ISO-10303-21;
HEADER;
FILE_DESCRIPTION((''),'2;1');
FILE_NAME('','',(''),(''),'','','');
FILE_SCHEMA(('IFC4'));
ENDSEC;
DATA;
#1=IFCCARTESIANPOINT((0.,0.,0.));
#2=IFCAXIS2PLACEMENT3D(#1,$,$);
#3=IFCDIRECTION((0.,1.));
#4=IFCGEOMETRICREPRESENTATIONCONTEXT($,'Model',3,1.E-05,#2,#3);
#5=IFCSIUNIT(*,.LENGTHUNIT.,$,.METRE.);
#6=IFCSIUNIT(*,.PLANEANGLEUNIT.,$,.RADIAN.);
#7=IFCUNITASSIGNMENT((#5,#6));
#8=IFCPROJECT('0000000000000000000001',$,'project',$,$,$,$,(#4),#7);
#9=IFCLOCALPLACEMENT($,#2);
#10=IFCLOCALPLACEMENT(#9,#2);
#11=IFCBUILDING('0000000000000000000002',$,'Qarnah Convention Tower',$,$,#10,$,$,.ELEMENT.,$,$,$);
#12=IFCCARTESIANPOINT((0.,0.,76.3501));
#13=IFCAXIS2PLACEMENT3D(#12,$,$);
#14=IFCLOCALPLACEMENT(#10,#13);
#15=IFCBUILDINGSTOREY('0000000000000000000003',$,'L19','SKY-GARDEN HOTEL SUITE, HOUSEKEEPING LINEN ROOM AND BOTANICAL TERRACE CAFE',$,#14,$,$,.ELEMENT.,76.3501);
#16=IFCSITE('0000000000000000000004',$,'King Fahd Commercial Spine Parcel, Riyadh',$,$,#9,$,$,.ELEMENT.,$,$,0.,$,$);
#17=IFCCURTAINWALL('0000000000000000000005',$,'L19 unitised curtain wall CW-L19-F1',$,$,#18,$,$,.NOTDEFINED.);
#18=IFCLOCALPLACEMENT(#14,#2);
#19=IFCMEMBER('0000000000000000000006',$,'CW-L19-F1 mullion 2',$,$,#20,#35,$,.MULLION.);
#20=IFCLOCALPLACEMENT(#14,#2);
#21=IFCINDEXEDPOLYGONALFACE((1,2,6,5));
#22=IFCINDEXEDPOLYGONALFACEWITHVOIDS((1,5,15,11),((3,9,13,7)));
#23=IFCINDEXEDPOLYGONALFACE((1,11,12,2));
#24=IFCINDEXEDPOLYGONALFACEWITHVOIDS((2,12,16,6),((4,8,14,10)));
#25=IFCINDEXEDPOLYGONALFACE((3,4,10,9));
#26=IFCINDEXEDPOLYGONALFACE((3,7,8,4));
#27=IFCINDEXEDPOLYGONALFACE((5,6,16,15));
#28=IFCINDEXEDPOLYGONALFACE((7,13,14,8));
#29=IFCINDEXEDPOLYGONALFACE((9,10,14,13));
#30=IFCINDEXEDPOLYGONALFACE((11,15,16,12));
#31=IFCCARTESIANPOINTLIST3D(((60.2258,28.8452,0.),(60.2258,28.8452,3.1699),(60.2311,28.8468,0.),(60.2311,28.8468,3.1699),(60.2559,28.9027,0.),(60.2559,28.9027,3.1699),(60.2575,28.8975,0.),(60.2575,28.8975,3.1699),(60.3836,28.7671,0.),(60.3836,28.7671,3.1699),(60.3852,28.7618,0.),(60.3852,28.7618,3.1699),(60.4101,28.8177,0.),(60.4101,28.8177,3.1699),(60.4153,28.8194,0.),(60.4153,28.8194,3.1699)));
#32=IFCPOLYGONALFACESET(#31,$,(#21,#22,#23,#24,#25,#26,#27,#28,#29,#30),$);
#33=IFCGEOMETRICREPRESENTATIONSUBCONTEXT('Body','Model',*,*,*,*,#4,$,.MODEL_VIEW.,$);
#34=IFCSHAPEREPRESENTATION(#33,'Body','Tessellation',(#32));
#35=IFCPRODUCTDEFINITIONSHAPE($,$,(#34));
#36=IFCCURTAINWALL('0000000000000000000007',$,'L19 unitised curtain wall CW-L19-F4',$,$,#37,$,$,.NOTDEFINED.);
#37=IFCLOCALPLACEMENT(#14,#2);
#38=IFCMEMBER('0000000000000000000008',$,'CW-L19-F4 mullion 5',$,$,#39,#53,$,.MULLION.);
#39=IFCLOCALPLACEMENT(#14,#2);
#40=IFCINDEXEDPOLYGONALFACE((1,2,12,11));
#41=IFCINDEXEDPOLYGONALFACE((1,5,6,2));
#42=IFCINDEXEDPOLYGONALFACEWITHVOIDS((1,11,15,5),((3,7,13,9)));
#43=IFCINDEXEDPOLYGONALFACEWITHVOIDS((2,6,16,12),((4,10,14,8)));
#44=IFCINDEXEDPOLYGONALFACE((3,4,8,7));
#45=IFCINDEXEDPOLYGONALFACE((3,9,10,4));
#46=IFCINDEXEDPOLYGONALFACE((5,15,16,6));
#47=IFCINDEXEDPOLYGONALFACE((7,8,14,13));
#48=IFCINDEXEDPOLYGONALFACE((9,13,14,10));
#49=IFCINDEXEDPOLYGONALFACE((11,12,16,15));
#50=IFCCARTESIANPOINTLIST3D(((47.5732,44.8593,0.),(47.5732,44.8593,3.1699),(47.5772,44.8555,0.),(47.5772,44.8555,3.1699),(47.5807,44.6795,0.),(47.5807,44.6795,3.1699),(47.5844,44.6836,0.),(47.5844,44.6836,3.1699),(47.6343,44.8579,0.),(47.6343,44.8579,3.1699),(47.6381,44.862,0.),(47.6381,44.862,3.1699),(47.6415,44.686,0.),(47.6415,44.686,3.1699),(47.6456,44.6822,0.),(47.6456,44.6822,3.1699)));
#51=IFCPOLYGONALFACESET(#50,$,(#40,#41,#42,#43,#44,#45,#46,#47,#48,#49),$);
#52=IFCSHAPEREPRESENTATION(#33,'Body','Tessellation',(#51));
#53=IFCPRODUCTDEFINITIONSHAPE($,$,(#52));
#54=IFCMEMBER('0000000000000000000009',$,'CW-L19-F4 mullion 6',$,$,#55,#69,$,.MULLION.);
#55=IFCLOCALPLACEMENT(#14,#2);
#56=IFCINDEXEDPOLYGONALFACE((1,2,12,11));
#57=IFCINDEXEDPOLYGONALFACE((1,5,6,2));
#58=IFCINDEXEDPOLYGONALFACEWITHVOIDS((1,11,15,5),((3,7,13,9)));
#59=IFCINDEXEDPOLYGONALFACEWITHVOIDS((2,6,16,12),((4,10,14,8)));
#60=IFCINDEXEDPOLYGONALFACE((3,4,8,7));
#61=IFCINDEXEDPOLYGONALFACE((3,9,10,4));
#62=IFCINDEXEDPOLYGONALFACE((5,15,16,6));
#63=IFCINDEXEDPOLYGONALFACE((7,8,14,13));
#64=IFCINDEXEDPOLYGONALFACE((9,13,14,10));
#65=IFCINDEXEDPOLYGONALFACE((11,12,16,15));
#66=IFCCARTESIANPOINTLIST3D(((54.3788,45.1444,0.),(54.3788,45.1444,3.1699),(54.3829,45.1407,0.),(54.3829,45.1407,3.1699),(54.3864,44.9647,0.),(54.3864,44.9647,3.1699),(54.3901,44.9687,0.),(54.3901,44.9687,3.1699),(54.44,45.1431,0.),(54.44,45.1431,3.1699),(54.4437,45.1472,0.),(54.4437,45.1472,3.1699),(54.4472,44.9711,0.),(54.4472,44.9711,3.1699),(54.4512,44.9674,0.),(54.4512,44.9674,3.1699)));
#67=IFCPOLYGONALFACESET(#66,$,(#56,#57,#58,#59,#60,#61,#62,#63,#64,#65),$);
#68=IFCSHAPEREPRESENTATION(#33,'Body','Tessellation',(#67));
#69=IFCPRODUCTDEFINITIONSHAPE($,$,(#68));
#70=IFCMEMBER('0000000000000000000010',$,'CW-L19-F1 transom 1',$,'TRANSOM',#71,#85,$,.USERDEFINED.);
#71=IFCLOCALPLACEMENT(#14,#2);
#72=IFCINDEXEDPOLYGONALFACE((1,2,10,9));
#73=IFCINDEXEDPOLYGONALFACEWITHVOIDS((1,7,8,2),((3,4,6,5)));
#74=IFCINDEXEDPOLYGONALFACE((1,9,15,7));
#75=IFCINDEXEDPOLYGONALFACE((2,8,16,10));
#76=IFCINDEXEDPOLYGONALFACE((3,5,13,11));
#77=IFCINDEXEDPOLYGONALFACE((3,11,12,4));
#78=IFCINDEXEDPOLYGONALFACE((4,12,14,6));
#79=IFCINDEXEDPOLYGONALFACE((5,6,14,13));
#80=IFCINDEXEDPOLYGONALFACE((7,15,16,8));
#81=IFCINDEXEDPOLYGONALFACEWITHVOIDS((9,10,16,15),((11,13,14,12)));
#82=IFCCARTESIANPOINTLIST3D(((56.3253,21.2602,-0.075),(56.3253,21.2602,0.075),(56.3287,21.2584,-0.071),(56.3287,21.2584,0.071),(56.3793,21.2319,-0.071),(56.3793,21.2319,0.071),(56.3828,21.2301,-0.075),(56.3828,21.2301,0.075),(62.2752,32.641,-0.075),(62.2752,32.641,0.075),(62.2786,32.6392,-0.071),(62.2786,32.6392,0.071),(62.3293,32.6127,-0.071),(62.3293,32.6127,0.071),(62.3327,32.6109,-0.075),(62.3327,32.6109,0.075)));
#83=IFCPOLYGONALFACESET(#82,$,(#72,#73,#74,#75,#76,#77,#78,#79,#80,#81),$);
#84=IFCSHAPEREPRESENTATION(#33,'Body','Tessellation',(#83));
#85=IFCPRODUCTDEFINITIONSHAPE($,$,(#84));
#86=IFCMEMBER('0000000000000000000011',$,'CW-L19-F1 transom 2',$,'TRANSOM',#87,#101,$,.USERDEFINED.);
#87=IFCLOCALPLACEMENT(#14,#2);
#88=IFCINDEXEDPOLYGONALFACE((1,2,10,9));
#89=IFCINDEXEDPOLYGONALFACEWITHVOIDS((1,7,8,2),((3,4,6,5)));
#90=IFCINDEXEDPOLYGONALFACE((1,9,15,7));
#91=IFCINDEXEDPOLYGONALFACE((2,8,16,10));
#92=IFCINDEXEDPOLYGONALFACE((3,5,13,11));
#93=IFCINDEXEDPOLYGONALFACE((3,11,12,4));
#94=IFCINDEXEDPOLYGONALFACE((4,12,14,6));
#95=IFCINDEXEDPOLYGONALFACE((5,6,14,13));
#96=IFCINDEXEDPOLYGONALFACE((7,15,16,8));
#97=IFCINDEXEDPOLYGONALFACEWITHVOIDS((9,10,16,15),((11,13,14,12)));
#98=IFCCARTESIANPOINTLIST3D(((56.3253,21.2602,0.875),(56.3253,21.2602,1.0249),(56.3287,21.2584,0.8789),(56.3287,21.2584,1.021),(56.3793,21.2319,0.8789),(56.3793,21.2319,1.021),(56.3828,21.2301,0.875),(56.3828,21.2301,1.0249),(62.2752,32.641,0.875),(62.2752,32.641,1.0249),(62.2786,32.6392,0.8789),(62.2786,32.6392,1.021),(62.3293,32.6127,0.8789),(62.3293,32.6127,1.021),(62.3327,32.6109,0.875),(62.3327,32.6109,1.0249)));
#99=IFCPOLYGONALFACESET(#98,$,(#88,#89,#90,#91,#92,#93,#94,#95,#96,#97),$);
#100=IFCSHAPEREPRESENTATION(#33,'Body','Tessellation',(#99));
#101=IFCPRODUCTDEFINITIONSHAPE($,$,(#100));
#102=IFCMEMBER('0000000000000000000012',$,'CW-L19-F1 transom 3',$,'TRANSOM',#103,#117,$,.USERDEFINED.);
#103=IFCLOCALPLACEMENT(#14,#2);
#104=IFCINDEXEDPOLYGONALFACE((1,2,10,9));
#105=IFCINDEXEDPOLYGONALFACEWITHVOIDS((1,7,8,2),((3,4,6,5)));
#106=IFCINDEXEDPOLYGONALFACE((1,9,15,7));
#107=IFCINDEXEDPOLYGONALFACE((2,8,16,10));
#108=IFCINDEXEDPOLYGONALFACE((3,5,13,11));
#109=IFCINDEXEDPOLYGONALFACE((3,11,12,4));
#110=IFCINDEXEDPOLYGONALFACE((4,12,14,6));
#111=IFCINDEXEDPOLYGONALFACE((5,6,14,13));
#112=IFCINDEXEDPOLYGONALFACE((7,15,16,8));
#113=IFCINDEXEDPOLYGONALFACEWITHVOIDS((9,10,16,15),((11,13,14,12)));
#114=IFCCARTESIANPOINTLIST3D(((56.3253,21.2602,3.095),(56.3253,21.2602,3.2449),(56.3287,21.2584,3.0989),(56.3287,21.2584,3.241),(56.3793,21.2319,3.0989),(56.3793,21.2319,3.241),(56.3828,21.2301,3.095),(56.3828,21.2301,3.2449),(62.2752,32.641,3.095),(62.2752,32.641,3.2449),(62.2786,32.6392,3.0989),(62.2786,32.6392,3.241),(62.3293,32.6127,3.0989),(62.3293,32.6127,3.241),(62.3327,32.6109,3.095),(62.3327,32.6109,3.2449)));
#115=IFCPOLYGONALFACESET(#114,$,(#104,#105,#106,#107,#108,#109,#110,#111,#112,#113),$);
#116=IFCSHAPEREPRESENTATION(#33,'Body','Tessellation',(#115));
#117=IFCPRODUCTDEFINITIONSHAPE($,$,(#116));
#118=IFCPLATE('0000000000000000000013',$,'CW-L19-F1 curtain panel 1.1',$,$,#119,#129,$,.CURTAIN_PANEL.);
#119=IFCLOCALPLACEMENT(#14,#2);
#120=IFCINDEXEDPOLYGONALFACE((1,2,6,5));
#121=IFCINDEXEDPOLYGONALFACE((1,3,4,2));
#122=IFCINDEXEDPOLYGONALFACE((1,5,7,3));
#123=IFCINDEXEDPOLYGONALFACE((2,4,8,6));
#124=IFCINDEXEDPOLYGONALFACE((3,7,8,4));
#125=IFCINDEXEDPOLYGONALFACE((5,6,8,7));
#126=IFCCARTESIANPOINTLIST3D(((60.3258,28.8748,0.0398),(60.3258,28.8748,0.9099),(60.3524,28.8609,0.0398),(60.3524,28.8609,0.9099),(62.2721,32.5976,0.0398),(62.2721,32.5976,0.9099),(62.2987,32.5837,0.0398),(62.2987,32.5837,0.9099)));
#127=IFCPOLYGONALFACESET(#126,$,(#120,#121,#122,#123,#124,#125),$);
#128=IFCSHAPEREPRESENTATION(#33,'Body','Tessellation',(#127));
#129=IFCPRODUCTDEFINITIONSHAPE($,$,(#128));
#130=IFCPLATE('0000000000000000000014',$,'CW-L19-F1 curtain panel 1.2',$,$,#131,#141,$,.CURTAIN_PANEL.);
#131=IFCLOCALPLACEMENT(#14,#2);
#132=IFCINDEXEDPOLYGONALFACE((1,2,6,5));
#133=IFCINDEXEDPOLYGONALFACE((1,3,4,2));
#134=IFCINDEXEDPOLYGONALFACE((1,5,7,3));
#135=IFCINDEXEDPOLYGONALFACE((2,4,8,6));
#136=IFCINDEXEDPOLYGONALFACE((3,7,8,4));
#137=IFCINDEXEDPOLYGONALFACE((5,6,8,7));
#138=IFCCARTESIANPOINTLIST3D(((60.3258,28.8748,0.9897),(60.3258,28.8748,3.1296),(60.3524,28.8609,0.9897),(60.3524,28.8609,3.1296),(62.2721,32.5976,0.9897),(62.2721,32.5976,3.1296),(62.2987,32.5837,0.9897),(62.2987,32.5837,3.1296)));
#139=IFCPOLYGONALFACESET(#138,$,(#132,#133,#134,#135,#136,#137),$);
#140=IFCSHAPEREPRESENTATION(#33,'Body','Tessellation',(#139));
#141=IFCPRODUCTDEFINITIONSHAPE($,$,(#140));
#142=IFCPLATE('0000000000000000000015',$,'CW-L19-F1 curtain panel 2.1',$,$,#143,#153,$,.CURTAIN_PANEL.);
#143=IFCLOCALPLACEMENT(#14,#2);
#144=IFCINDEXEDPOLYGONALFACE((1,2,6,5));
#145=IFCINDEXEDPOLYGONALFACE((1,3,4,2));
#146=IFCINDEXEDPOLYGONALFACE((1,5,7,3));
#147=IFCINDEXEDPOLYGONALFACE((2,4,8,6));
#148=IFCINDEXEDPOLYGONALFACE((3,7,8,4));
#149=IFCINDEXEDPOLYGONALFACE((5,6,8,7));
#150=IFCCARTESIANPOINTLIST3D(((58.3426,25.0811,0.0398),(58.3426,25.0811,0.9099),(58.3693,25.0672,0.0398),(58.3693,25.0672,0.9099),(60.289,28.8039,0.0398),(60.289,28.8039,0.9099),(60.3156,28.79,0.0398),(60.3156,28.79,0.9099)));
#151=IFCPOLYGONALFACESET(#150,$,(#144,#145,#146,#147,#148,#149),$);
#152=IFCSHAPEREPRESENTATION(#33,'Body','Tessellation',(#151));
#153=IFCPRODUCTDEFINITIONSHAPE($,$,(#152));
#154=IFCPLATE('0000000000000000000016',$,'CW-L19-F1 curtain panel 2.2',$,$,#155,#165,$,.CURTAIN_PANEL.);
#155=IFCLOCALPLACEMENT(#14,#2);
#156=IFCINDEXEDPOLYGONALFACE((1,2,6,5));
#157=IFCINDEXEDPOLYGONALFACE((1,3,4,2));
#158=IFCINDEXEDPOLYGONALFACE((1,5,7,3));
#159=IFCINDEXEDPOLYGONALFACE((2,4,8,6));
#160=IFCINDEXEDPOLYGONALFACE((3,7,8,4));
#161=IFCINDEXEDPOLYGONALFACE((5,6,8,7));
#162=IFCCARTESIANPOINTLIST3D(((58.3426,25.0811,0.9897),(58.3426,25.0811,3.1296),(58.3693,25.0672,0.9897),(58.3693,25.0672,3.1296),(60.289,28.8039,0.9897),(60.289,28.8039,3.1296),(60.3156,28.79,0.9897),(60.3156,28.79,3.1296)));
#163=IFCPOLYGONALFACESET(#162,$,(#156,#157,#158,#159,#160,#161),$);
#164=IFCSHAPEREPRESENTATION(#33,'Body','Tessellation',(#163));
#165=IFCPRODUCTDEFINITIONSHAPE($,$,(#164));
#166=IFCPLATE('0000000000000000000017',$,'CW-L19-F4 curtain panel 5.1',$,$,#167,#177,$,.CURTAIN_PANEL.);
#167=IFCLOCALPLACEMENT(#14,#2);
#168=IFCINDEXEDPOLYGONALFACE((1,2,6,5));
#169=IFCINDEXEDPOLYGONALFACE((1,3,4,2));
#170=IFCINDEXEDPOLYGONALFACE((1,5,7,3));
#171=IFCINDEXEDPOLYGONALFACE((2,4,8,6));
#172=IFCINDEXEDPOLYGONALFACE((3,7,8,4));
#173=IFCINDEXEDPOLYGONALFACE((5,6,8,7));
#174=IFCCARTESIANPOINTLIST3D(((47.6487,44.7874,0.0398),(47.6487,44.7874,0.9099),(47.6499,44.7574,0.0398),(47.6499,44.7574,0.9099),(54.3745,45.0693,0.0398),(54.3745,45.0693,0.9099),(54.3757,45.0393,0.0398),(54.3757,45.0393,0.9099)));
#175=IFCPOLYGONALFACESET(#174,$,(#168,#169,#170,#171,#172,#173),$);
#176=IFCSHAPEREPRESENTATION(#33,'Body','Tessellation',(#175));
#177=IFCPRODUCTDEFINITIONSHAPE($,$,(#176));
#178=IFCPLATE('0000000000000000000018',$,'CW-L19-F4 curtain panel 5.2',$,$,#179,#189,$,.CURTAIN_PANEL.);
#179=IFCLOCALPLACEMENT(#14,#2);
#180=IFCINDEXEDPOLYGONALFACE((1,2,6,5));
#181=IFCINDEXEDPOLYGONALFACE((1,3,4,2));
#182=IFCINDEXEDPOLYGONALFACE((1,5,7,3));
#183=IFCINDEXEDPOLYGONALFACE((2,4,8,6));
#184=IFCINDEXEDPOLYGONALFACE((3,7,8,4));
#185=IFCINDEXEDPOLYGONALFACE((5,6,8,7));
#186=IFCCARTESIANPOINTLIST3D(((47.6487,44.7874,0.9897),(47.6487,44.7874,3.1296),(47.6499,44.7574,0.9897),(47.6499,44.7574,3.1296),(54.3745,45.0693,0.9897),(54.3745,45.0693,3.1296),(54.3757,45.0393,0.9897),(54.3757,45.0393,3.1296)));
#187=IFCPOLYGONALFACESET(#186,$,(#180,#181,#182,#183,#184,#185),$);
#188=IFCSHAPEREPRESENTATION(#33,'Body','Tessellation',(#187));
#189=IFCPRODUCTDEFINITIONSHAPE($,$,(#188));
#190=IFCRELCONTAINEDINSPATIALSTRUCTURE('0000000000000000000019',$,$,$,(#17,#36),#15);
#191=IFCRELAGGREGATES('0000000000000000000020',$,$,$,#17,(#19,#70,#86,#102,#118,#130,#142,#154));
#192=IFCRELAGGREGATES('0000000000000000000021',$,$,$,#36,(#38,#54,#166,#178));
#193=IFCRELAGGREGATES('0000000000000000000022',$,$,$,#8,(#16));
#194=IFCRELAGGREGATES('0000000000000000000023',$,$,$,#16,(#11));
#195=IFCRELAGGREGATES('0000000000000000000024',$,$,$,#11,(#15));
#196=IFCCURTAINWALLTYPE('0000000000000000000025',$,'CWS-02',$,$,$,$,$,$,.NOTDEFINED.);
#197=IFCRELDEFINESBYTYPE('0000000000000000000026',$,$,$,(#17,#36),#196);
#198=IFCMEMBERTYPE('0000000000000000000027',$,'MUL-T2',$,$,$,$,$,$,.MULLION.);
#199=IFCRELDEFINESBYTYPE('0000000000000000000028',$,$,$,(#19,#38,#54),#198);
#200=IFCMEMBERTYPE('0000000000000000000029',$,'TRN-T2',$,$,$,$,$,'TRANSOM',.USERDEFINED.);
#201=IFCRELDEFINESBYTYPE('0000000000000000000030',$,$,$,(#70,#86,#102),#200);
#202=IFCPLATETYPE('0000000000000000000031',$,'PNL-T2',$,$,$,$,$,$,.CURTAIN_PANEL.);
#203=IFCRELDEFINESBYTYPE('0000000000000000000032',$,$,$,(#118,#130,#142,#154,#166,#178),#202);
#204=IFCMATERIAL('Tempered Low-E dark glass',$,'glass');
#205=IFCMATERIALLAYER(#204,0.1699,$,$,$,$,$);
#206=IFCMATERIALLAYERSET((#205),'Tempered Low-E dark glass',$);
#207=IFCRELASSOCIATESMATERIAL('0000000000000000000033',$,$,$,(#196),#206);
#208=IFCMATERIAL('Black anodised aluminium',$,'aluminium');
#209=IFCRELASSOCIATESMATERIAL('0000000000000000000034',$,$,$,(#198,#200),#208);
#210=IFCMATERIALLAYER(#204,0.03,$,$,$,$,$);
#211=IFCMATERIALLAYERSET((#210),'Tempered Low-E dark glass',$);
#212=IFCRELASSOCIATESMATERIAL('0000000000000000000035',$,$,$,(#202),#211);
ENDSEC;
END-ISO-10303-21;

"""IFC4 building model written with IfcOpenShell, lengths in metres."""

from ifc_helpers import new_model, si_unit, direction, frame, origin, origin_2d, place, context, subcontext, project, spatial, rectangle, hollow_rectangle, extrude, material, layer, layer_set, material_profile, profile_set, type_object, element, aggregate, save


model = new_model("IFC4")

# Units and contexts
model_context = context("Model", 3, precision=1e-05, world=origin(), true_north=direction((0.0, 1.0)))
body_context = subcontext(model_context, "Body", "Model", "MODEL_VIEW")
ifc_project = project(units=[si_unit("LENGTHUNIT", "METRE"), si_unit("PLANEANGLEUNIT", "RADIAN")], contexts=[model_context])

# Site, building, storey
site_placement = place(None, origin())
site = spatial("IfcSite", under=ifc_project, at=site_placement, Name="King Fahd Commercial Spine Parcel, Riyadh", CompositionType="ELEMENT", RefElevation=0.0)
building_placement = place(site_placement, origin())
building = spatial("IfcBuilding", under=site, at=building_placement, Name="Qarnah Convention Tower", CompositionType="ELEMENT")
storey_placement = place(building_placement, frame((0.0, 0.0, 76.3501)))
storey = spatial("IfcBuildingStorey", under=building, at=storey_placement, Name="L19", Description="SKY-GARDEN HOTEL SUITE, HOUSEKEEPING LINEN ROOM AND BOTANICAL TERRACE CAFE", CompositionType="ELEMENT", Elevation=76.3501)

# Curtain walls, members
ifc_material_1 = material(Name="Tempered Low-E dark glass", Category="glass")
ifc_layer_1 = layer(ifc_material_1, 0.1699)
ifc_layer_set_1 = layer_set([ifc_layer_1], Name="Tempered Low-E dark glass")
curtain_wall_type = type_object("IfcCurtainWallType", Name="CWS-02", PredefinedType="NOTDEFINED", material=ifc_layer_set_1)
curtain_wall_1_placement = place(storey_placement, origin())
curtain_wall_1 = element("IfcCurtainWall", 1, at=curtain_wall_1_placement, inside=storey, type_object=curtain_wall_type, Name="L19 unitised curtain wall CW-L19-F1", PredefinedType="NOTDEFINED")
ifc_material_2 = material(Name="Black anodised aluminium", Category="aluminium")
ifc_material_profile_1 = material_profile(ifc_material_2, hollow_rectangle(XDim=0.0649, YDim=0.1799, WallThickness=0.0039, at=origin_2d()), Name="MUL-65X180")
ifc_profile_set_1 = profile_set([ifc_material_profile_1], Name="Black anodised aluminium")
member_type_1 = type_object("IfcMemberType", Name="MUL-T2", PredefinedType="MULLION", material=ifc_profile_set_1)
member_1_placement = place(storey_placement, frame((60.3206, 28.8323, 0.0), z_axis=(0.0, 0.0, 1.0), x_axis=(-0.463306, -0.886199, 0.0)))
member_1 = element("IfcMember", 2, at=member_1_placement, type_object=member_type_1, Name="CW-L19-F1 mullion 2", PredefinedType="MULLION", context=body_context, shape_type="SweptSolid", body=[
    extrude(hollow_rectangle(XDim=0.0649, YDim=0.1799, WallThickness=0.0039, at=origin_2d()), origin(), (0.0, 0.0, 1.0), 3.1699),
])
curtain_wall_2_placement = place(storey_placement, origin())
curtain_wall_2 = element("IfcCurtainWall", 3, at=curtain_wall_2_placement, inside=storey, type_object=curtain_wall_type, Name="L19 unitised curtain wall CW-L19-F4", PredefinedType="NOTDEFINED")
member_2_placement = place(storey_placement, frame((47.6094, 44.7708, 0.0), z_axis=(0.0, 0.0, 1.0), x_axis=(0.999123, 0.04187, 0.0)))
member_2 = element("IfcMember", 4, at=member_2_placement, type_object=member_type_1, Name="CW-L19-F4 mullion 5", PredefinedType="MULLION", context=body_context, shape_type="SweptSolid", body=[
    extrude(hollow_rectangle(XDim=0.0649, YDim=0.1799, WallThickness=0.0039, at=origin_2d()), origin(), (0.0, 0.0, 1.0), 3.1699),
])
member_3_placement = place(storey_placement, frame((54.415, 45.0559, 0.0), z_axis=(0.0, 0.0, 1.0), x_axis=(0.999123, 0.04187, 0.0)))
member_3 = element("IfcMember", 5, at=member_3_placement, type_object=member_type_1, Name="CW-L19-F4 mullion 6", PredefinedType="MULLION", context=body_context, shape_type="SweptSolid", body=[
    extrude(hollow_rectangle(XDim=0.0649, YDim=0.1799, WallThickness=0.0039, at=origin_2d()), origin(), (0.0, 0.0, 1.0), 3.1699),
])

# Members
ifc_material_profile_2 = material_profile(ifc_material_2, hollow_rectangle(XDim=0.0649, YDim=0.1499, WallThickness=0.0039, at=origin_2d()), Name="TRN-65X150")
ifc_profile_set_2 = profile_set([ifc_material_profile_2], Name="Black anodised aluminium")
member_type_2 = type_object("IfcMemberType", Name="TRN-T2", ElementType="TRANSOM", PredefinedType="USERDEFINED", material=ifc_profile_set_2)
member_4_placement = place(storey_placement, frame((62.304, 32.626, 0.0), z_axis=(-0.463307, -0.886198, 0.0), x_axis=(0.886198, -0.463307, 0.0)))
member_4 = element("IfcMember", 6, at=member_4_placement, type_object=member_type_2, Name="CW-L19-F1 transom 1", ObjectType="TRANSOM", PredefinedType="USERDEFINED", context=body_context, shape_type="SweptSolid", body=[
    extrude(hollow_rectangle(XDim=0.0649, YDim=0.1499, WallThickness=0.0039, at=origin_2d()), origin(), (0.0, 0.0, 1.0), 12.8423),
])
member_5_placement = place(storey_placement, frame((62.304, 32.626, 0.95), z_axis=(-0.463307, -0.886198, 0.0), x_axis=(0.886198, -0.463307, 0.0)))
member_5 = element("IfcMember", 7, at=member_5_placement, type_object=member_type_2, Name="CW-L19-F1 transom 2", ObjectType="TRANSOM", PredefinedType="USERDEFINED", context=body_context, shape_type="SweptSolid", body=[
    extrude(hollow_rectangle(XDim=0.0649, YDim=0.1499, WallThickness=0.0039, at=origin_2d()), origin(), (0.0, 0.0, 1.0), 12.8423),
])
member_6_placement = place(storey_placement, frame((62.304, 32.626, 3.1699), z_axis=(-0.463307, -0.886198, 0.0), x_axis=(0.886198, -0.463307, 0.0)))
member_6 = element("IfcMember", 8, at=member_6_placement, type_object=member_type_2, Name="CW-L19-F1 transom 3", ObjectType="TRANSOM", PredefinedType="USERDEFINED", context=body_context, shape_type="SweptSolid", body=[
    extrude(hollow_rectangle(XDim=0.0649, YDim=0.1499, WallThickness=0.0039, at=origin_2d()), origin(), (0.0, 0.0, 1.0), 12.8423),
])

# Plates
ifc_layer_2 = layer(ifc_material_1, 0.03)
ifc_layer_set_2 = layer_set([ifc_layer_2], Name="Tempered Low-E dark glass")
plate_type_1 = type_object("IfcPlateType", Name="PNL-T2", PredefinedType="CURTAIN_PANEL", material=ifc_layer_set_2)
plate_1_placement = place(storey_placement, frame((61.3123, 30.7292, 0.0398), z_axis=(0.0, 0.0, 1.0), x_axis=(-0.463306, -0.886199, 0.0)))
plate_1 = element("IfcPlate", 9, at=plate_1_placement, type_object=plate_type_1, Name="CW-L19-F1 curtain panel 1.1", PredefinedType="CURTAIN_PANEL", context=body_context, shape_type="SweptSolid", body=[
    extrude(rectangle(XDim=4.2009, YDim=0.03, at=origin_2d()), origin(), (0.0, 0.0, 1.0), 0.8701),
])
plate_2_placement = place(storey_placement, frame((61.3123, 30.7292, 0.9897), z_axis=(0.0, 0.0, 1.0), x_axis=(-0.463306, -0.886199, 0.0)))
plate_2 = element("IfcPlate", 10, at=plate_2_placement, type_object=plate_type_1, Name="CW-L19-F1 curtain panel 1.2", PredefinedType="CURTAIN_PANEL", context=body_context, shape_type="SweptSolid", body=[
    extrude(rectangle(XDim=4.2009, YDim=0.03, at=origin_2d()), origin(), (0.0, 0.0, 1.0), 2.1399),
])
plate_3_placement = place(storey_placement, frame((59.3291, 26.9355, 0.0398), z_axis=(0.0, 0.0, 1.0), x_axis=(-0.463306, -0.886199, 0.0)))
plate_3 = element("IfcPlate", 11, at=plate_3_placement, type_object=plate_type_1, Name="CW-L19-F1 curtain panel 2.1", PredefinedType="CURTAIN_PANEL", context=body_context, shape_type="SweptSolid", body=[
    extrude(rectangle(XDim=4.2009, YDim=0.03, at=origin_2d()), origin(), (0.0, 0.0, 1.0), 0.8701),
])
plate_4_placement = place(storey_placement, frame((59.3291, 26.9355, 0.9897), z_axis=(0.0, 0.0, 1.0), x_axis=(-0.463306, -0.886199, 0.0)))
plate_4 = element("IfcPlate", 12, at=plate_4_placement, type_object=plate_type_1, Name="CW-L19-F1 curtain panel 2.2", PredefinedType="CURTAIN_PANEL", context=body_context, shape_type="SweptSolid", body=[
    extrude(rectangle(XDim=4.2009, YDim=0.03, at=origin_2d()), origin(), (0.0, 0.0, 1.0), 2.1399),
])
aggregate(curtain_wall_1, [member_1, member_4, member_5, member_6, plate_1, plate_2, plate_3, plate_4])
plate_5_placement = place(storey_placement, frame((51.0122, 44.9133, 0.0398), z_axis=(0.0, 0.0, 1.0), x_axis=(0.999123, 0.04187, 0.0)))
plate_5 = element("IfcPlate", 13, at=plate_5_placement, type_object=plate_type_1, Name="CW-L19-F4 curtain panel 5.1", PredefinedType="CURTAIN_PANEL", context=body_context, shape_type="SweptSolid", body=[
    extrude(rectangle(XDim=6.7317, YDim=0.03, at=origin_2d()), origin(), (0.0, 0.0, 1.0), 0.8701),
])
plate_6_placement = place(storey_placement, frame((51.0122, 44.9133, 0.9897), z_axis=(0.0, 0.0, 1.0), x_axis=(0.999123, 0.04187, 0.0)))
plate_6 = element("IfcPlate", 14, at=plate_6_placement, type_object=plate_type_1, Name="CW-L19-F4 curtain panel 5.2", PredefinedType="CURTAIN_PANEL", context=body_context, shape_type="SweptSolid", body=[
    extrude(rectangle(XDim=6.7317, YDim=0.03, at=origin_2d()), origin(), (0.0, 0.0, 1.0), 2.1399),
])
aggregate(curtain_wall_2, [member_2, member_3, plate_5, plate_6])

save(model, "model.ifc")
